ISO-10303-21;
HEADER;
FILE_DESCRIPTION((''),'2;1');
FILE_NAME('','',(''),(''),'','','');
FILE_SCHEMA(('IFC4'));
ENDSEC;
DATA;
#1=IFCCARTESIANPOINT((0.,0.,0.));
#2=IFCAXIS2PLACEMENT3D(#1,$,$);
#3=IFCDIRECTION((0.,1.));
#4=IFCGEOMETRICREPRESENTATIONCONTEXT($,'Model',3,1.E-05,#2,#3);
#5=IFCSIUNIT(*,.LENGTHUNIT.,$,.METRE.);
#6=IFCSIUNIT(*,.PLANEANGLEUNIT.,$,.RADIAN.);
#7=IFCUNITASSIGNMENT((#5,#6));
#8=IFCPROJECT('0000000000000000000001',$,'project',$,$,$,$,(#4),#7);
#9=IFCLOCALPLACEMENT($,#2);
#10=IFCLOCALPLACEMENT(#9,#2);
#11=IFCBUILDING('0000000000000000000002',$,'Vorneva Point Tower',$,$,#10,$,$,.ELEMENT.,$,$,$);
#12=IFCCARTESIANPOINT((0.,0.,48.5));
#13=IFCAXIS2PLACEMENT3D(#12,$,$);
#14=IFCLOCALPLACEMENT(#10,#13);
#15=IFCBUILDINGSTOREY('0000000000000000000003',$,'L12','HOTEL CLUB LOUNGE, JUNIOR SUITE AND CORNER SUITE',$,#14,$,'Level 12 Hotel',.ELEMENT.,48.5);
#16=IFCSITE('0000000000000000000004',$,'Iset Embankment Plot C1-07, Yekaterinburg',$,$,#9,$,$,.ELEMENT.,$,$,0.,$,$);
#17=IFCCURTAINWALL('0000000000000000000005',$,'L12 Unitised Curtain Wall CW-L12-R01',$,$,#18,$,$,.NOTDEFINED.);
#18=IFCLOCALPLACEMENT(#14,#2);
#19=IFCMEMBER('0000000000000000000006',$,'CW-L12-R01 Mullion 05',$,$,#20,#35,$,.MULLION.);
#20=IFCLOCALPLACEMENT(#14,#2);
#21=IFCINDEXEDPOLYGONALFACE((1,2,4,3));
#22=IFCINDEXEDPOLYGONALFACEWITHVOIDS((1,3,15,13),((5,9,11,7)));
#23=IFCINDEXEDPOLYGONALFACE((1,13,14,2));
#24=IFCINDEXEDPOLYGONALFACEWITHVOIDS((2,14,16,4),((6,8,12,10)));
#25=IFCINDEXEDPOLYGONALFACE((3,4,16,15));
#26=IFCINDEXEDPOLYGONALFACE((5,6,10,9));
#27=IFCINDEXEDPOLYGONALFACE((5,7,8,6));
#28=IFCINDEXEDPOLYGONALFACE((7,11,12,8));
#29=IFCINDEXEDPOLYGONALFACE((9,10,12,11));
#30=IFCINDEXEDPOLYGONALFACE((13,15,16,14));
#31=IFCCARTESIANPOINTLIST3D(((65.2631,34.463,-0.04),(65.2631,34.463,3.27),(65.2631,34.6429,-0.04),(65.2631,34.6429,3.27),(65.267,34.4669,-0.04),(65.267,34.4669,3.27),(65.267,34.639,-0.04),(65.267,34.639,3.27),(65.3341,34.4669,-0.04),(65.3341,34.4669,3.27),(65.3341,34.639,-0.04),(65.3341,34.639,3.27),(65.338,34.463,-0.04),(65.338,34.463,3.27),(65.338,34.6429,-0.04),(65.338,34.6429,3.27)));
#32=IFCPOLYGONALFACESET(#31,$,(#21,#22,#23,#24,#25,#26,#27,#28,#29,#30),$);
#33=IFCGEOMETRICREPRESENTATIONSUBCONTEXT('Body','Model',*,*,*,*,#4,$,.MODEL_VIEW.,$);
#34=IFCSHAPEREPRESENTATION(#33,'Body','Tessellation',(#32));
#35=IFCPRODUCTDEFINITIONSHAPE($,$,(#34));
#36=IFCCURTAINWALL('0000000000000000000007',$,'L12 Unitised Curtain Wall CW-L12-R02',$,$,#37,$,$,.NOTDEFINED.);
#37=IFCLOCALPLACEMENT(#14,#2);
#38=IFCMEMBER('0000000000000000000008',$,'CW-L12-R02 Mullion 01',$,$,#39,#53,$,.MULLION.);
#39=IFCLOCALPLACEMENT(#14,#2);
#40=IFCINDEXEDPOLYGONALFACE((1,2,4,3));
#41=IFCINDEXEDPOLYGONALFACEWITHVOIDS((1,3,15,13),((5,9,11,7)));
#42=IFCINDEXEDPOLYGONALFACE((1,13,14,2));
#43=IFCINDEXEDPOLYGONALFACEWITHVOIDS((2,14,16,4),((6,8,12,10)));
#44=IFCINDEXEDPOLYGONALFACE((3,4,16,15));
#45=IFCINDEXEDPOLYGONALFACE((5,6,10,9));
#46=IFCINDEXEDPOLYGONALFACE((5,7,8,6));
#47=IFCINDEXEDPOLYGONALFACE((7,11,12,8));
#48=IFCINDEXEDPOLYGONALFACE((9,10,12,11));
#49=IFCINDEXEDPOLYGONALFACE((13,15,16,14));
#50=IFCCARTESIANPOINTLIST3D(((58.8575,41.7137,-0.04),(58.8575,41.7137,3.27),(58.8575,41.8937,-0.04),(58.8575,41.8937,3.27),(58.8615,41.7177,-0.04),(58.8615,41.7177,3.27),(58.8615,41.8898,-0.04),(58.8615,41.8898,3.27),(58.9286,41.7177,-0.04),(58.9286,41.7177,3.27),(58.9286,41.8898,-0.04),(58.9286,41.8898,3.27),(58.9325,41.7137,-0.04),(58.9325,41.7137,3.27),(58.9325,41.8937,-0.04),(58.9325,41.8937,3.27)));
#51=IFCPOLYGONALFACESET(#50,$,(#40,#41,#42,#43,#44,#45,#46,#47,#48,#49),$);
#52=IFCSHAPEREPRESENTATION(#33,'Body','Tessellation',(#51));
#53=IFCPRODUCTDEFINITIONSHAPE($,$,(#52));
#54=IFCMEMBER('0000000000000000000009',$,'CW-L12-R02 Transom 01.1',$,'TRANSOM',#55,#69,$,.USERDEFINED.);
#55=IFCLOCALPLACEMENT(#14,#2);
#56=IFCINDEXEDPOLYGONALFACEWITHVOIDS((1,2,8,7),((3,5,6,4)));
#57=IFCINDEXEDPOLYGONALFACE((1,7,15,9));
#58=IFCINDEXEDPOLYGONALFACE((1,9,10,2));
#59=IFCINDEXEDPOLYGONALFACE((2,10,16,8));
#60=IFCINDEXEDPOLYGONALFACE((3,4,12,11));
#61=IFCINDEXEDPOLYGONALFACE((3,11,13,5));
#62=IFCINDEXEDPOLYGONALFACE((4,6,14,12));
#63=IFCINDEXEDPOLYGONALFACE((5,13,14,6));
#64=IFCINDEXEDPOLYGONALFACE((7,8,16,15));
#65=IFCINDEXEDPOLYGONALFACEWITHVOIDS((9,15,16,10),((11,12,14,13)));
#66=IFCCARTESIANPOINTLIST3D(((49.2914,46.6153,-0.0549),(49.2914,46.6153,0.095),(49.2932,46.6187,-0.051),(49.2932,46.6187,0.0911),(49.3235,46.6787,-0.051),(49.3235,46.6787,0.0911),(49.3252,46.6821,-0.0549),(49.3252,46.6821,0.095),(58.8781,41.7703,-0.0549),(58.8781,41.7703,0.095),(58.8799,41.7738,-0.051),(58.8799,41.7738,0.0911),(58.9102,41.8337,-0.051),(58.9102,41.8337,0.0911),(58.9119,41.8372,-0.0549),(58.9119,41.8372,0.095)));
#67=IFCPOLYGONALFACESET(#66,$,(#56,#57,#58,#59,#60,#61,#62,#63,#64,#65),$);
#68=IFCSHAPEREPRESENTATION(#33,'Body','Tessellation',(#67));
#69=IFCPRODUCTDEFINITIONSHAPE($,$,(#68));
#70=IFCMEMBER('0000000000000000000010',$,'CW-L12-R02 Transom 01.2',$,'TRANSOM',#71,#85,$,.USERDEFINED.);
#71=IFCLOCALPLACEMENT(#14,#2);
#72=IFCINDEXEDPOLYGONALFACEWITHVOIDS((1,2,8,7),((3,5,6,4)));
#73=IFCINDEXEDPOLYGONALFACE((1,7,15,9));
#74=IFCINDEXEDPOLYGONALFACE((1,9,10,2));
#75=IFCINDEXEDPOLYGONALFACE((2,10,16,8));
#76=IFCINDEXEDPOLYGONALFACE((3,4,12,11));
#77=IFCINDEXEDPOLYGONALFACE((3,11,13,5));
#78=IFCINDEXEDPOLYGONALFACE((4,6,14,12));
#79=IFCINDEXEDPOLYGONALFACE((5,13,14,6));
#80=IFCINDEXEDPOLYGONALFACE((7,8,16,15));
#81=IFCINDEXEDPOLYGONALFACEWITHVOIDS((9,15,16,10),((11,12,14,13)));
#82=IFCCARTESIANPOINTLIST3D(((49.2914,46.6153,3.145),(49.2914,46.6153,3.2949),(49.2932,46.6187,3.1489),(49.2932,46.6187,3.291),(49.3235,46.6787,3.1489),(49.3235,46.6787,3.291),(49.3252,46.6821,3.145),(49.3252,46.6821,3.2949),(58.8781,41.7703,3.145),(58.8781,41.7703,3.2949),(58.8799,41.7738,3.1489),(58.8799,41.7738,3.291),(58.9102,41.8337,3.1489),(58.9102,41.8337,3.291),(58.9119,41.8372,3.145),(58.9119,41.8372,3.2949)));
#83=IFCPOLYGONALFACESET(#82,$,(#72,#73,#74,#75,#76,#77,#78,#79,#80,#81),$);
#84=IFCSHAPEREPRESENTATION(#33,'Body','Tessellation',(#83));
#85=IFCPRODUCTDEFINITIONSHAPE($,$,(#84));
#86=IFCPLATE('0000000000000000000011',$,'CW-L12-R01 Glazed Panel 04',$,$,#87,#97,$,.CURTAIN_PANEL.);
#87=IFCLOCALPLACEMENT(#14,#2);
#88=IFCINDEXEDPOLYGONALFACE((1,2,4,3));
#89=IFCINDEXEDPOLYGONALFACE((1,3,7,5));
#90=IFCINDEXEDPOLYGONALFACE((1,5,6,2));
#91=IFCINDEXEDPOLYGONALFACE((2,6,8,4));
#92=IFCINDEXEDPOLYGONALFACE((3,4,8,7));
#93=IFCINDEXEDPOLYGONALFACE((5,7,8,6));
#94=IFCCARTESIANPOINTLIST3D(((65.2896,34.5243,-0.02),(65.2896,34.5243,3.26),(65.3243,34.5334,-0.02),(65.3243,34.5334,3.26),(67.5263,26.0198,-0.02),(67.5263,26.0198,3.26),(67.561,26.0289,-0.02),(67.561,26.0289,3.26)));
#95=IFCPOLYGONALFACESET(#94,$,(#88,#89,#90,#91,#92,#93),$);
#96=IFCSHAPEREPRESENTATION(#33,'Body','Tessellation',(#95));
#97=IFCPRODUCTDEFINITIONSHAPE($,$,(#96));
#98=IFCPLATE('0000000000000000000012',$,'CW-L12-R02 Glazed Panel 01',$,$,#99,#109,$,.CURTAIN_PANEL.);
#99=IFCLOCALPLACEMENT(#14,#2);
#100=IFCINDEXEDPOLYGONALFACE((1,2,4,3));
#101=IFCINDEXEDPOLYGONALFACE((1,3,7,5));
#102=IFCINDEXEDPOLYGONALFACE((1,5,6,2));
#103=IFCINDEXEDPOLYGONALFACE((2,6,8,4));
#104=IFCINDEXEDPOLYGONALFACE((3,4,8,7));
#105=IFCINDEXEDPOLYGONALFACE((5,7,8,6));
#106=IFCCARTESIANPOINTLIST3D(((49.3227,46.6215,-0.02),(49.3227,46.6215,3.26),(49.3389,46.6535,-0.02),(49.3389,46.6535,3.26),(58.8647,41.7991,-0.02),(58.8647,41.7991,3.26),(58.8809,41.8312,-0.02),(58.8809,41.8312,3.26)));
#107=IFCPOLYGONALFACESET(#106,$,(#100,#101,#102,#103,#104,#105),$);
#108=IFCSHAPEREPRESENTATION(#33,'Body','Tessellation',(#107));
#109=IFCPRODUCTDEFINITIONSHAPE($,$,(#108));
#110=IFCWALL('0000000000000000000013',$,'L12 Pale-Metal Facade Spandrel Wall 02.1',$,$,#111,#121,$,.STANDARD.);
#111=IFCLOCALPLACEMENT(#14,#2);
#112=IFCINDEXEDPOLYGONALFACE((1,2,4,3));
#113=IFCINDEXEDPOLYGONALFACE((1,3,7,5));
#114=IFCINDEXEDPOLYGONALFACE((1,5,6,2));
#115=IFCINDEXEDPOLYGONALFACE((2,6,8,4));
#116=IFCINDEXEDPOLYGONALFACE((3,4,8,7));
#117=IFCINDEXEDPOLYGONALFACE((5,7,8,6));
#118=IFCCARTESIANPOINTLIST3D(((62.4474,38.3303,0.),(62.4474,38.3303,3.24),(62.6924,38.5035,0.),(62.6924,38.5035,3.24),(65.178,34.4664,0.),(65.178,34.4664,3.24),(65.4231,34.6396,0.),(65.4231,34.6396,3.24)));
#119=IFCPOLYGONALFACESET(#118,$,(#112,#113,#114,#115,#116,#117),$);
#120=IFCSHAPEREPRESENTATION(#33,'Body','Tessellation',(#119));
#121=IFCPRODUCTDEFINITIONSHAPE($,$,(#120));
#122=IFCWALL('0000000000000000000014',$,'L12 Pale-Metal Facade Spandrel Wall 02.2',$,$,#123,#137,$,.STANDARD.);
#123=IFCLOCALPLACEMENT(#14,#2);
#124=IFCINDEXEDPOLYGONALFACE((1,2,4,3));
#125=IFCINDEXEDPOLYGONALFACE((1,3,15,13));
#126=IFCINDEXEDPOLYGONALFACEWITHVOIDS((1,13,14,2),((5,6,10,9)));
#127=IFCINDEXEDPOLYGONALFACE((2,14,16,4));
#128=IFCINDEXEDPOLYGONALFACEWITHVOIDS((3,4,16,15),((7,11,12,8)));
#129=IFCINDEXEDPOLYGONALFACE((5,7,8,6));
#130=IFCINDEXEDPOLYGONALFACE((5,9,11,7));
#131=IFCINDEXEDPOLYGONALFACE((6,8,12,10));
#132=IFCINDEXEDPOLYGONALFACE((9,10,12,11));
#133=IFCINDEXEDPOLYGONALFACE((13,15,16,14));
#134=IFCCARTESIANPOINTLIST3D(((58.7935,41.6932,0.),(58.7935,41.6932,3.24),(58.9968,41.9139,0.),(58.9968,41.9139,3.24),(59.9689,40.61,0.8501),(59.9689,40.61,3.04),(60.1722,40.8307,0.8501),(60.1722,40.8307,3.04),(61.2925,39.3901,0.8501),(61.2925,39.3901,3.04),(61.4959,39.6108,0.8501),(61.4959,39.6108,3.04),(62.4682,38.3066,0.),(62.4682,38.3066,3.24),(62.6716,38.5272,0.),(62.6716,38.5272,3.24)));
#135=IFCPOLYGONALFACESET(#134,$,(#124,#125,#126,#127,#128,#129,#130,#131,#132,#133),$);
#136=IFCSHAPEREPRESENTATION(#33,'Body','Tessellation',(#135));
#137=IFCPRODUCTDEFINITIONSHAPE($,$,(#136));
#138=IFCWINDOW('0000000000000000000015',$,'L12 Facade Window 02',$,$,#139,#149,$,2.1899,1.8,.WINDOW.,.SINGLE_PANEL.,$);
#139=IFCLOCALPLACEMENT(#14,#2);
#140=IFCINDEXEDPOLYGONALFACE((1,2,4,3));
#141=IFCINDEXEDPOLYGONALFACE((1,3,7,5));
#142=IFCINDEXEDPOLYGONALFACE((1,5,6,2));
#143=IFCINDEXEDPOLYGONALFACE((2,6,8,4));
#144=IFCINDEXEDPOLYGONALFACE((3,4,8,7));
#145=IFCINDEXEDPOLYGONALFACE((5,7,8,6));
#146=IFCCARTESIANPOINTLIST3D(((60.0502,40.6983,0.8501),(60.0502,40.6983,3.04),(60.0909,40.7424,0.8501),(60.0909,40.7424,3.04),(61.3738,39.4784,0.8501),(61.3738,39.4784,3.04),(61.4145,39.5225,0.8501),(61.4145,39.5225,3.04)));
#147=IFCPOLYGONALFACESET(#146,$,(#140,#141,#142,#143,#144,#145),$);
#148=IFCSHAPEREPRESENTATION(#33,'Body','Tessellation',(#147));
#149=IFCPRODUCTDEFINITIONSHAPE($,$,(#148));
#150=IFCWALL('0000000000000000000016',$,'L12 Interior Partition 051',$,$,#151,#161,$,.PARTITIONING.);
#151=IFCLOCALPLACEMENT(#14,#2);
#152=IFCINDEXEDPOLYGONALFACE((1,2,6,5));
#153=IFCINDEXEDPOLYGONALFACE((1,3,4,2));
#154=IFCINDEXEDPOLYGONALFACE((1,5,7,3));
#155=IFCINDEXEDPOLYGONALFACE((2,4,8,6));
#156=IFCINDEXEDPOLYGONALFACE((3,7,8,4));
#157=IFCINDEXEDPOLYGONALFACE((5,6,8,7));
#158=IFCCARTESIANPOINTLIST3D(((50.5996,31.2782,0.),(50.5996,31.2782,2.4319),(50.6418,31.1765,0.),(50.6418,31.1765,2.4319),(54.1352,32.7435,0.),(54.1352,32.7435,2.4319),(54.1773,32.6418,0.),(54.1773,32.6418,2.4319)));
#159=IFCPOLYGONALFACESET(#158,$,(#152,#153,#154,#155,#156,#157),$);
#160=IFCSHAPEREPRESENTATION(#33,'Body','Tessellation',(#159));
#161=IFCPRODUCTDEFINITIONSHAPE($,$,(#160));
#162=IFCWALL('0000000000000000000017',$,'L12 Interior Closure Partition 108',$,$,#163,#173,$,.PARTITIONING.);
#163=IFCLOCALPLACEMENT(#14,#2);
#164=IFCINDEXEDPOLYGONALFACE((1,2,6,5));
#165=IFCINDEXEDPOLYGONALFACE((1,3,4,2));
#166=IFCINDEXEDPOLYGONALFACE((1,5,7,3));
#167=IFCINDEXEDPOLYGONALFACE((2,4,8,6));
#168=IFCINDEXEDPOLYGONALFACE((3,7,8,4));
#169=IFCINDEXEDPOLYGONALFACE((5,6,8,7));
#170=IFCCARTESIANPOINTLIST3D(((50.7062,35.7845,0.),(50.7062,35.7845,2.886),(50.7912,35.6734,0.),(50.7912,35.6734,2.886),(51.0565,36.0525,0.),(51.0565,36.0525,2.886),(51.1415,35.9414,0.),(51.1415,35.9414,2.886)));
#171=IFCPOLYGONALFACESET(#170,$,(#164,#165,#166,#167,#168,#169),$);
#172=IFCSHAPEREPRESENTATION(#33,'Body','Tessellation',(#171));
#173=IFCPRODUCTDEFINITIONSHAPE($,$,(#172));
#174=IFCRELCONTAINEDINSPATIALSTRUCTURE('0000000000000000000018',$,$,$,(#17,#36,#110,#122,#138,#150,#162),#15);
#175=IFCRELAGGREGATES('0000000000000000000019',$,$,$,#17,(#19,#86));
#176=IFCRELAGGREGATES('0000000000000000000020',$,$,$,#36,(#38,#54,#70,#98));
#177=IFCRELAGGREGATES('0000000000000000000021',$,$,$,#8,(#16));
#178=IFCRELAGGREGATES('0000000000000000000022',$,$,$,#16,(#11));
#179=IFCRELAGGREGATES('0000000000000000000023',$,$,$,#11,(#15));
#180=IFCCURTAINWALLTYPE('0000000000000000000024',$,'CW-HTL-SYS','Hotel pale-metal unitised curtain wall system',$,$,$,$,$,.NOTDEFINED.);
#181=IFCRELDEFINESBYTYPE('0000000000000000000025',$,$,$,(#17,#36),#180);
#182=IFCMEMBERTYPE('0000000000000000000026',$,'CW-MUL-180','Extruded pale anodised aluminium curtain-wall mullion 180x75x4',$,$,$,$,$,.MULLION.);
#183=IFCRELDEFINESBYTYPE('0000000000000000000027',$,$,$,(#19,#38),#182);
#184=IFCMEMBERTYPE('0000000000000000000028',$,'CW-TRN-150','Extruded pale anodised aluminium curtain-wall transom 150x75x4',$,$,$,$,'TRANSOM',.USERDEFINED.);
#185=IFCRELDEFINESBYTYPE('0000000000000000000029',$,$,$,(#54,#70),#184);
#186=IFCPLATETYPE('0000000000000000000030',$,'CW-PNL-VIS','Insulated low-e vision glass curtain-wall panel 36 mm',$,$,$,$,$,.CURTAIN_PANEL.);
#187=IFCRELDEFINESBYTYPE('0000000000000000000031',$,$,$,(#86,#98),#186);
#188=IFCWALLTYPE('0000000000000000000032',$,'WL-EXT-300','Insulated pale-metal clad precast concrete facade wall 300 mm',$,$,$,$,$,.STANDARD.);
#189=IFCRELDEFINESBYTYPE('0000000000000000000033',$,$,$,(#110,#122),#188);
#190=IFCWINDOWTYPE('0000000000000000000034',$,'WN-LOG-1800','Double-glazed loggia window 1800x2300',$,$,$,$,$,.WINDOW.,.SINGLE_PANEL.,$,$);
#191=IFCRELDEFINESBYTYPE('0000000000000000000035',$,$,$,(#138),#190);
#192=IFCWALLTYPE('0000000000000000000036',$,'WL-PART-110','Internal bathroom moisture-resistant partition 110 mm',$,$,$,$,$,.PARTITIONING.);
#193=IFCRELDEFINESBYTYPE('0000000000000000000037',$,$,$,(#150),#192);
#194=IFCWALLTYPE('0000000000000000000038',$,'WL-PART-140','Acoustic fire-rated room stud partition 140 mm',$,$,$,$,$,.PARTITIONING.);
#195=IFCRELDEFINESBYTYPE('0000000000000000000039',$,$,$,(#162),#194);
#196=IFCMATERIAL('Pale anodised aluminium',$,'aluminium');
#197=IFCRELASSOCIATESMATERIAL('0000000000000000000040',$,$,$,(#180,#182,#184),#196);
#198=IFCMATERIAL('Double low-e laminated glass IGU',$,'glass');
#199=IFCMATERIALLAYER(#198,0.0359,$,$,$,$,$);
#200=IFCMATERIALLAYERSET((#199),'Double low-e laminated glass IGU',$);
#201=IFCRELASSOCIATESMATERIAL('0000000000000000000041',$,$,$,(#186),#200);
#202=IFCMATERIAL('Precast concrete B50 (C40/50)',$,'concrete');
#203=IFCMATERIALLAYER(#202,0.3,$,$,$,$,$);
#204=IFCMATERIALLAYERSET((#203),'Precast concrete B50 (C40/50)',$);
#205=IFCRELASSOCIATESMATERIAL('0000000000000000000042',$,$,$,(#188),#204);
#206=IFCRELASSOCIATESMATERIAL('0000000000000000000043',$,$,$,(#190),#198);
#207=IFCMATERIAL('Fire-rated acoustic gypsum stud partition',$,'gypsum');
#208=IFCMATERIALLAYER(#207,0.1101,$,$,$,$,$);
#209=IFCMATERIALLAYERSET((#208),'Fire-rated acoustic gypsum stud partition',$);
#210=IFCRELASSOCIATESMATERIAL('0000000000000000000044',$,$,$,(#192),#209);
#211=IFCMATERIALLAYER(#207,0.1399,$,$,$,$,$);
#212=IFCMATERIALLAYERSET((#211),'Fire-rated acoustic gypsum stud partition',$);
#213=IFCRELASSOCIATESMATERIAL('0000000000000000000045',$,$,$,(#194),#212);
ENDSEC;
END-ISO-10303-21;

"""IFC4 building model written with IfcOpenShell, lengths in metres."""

from ifc_helpers import new_model, si_unit, direction, frame, frame_2d, origin, origin_2d, place, context, subcontext, project, spatial, rectangle, hollow_rectangle, extrude, material, layer, layer_set, material_profile, profile_set, type_object, element, fill, aggregate, save


model = new_model("IFC4")

# Units and contexts
model_context = context("Model", 3, precision=1e-05, world=origin(), true_north=direction((0.0, 1.0)))
body_context = subcontext(model_context, "Body", "Model", "MODEL_VIEW")
ifc_project = project(units=[si_unit("LENGTHUNIT", "METRE"), si_unit("PLANEANGLEUNIT", "RADIAN")], contexts=[model_context])

# Site, building, storey
site_placement = place(None, origin())
site = spatial("IfcSite", under=ifc_project, at=site_placement, Name="Iset Embankment Plot C1-07, Yekaterinburg", CompositionType="ELEMENT", RefElevation=0.0)
building_placement = place(site_placement, origin())
building = spatial("IfcBuilding", under=site, at=building_placement, Name="Vorneva Point Tower", CompositionType="ELEMENT")
storey_placement = place(building_placement, frame((0.0, 0.0, 48.5)))
storey = spatial("IfcBuildingStorey", under=building, at=storey_placement, Name="L12", Description="HOTEL CLUB LOUNGE, JUNIOR SUITE AND CORNER SUITE", LongName="Level 12 Hotel", CompositionType="ELEMENT", Elevation=48.5)

# Curtain wall, member
ifc_material_1 = material(Name="Pale anodised aluminium", Category="aluminium")
curtain_wall_type = type_object("IfcCurtainWallType", Name="CW-HTL-SYS", Description="Hotel pale-metal unitised curtain wall system", PredefinedType="NOTDEFINED", material=ifc_material_1)
curtain_wall_1_placement = place(storey_placement, origin())
curtain_wall_1 = element("IfcCurtainWall", 1, at=curtain_wall_1_placement, inside=storey, type_object=curtain_wall_type, Name="L12 Unitised Curtain Wall CW-L12-R01", PredefinedType="NOTDEFINED")
ifc_material_profile_1 = material_profile(ifc_material_1, hollow_rectangle(XDim=0.075, YDim=0.1799, WallThickness=0.0039, at=origin_2d()), Name="AL-MUL 180x75x4")
ifc_profile_set_1 = profile_set([ifc_material_profile_1], Name="Pale anodised aluminium")
member_type_1 = type_object("IfcMemberType", Name="CW-MUL-180", Description="Extruded pale anodised aluminium curtain-wall mullion 180x75x4", PredefinedType="MULLION", material=ifc_profile_set_1)
member_1_placement = place(storey_placement, frame((65.3005, 34.553, -0.04), z_axis=(0.0, 0.0, 1.0), x_axis=(1.0, 0.0, 0.0)))
member_1 = element("IfcMember", 2, at=member_1_placement, type_object=member_type_1, Name="CW-L12-R01 Mullion 05", PredefinedType="MULLION", context=body_context, shape_type="SweptSolid", body=[
    extrude(hollow_rectangle(XDim=0.075, YDim=0.1799, WallThickness=0.0039, at=origin_2d()), origin(), (0.0, 0.0, 1.0), 3.3101),
])

# Curtain wall, members
curtain_wall_2_placement = place(storey_placement, origin())
curtain_wall_2 = element("IfcCurtainWall", 3, at=curtain_wall_2_placement, inside=storey, type_object=curtain_wall_type, Name="L12 Unitised Curtain Wall CW-L12-R02", PredefinedType="NOTDEFINED")
member_2_placement = place(storey_placement, frame((58.895, 41.8037, -0.04), z_axis=(0.0, 0.0, 1.0), x_axis=(1.0, 0.0, 0.0)))
member_2 = element("IfcMember", 4, at=member_2_placement, type_object=member_type_1, Name="CW-L12-R02 Mullion 01", PredefinedType="MULLION", context=body_context, shape_type="SweptSolid", body=[
    extrude(hollow_rectangle(XDim=0.075, YDim=0.1799, WallThickness=0.0039, at=origin_2d()), origin(), (0.0, 0.0, 1.0), 3.3101),
])
ifc_material_profile_2 = material_profile(ifc_material_1, hollow_rectangle(XDim=0.075, YDim=0.1499, WallThickness=0.0039, at=origin_2d()), Name="AL-TRN 150x75x4")
ifc_profile_set_2 = profile_set([ifc_material_profile_2], Name="Pale anodised aluminium")
member_type_2 = type_object("IfcMemberType", Name="CW-TRN-150", Description="Extruded pale anodised aluminium curtain-wall transom 150x75x4", ElementType="TRANSOM", PredefinedType="USERDEFINED", material=ifc_profile_set_2)
member_3_placement = place(storey_placement, frame((58.895, 41.8037, 0.02), z_axis=(-0.892496, 0.451055, 0.0), x_axis=(-0.451055, -0.892496, 0.0)))
member_3 = element("IfcMember", 5, at=member_3_placement, type_object=member_type_2, Name="CW-L12-R02 Transom 01.1", ObjectType="TRANSOM", PredefinedType="USERDEFINED", context=body_context, shape_type="SweptSolid", body=[
    extrude(hollow_rectangle(XDim=0.075, YDim=0.1499, WallThickness=0.0039, at=origin_2d()), origin(), (0.0, 0.0, 1.0), 10.7415),
])
member_4_placement = place(storey_placement, frame((58.895, 41.8037, 3.22), z_axis=(-0.892496, 0.451055, 0.0), x_axis=(-0.451055, -0.892496, 0.0)))
member_4 = element("IfcMember", 6, at=member_4_placement, type_object=member_type_2, Name="CW-L12-R02 Transom 01.2", ObjectType="TRANSOM", PredefinedType="USERDEFINED", context=body_context, shape_type="SweptSolid", body=[
    extrude(hollow_rectangle(XDim=0.075, YDim=0.1499, WallThickness=0.0039, at=origin_2d()), origin(), (0.0, 0.0, 1.0), 10.7415),
])

# Plates
ifc_material_2 = material(Name="Double low-e laminated glass IGU", Category="glass")
ifc_layer_1 = layer(ifc_material_2, 0.0359)
ifc_layer_set_1 = layer_set([ifc_layer_1], Name="Double low-e laminated glass IGU")
plate_type = type_object("IfcPlateType", Name="CW-PNL-VIS", Description="Insulated low-e vision glass curtain-wall panel 36 mm", PredefinedType="CURTAIN_PANEL", material=ifc_layer_set_1)
plate_1_placement = place(storey_placement, frame((66.4253, 30.2766, -0.02), z_axis=(0.0, 0.0, 1.0), x_axis=(-0.254349, 0.967113, 0.0)))
plate_1 = element("IfcPlate", 7, at=plate_1_placement, type_object=plate_type, Name="CW-L12-R01 Glazed Panel 04", PredefinedType="CURTAIN_PANEL", context=body_context, shape_type="SweptSolid", body=[
    extrude(rectangle(XDim=8.7937, YDim=0.0359, at=origin_2d()), origin(), (0.0, 0.0, 1.0), 3.28),
])
aggregate(curtain_wall_1, [member_1, plate_1])
plate_2_placement = place(storey_placement, frame((54.1018, 44.2263, -0.02), z_axis=(0.0, 0.0, 1.0), x_axis=(-0.892499, 0.451049, 0.0)))
plate_2 = element("IfcPlate", 8, at=plate_2_placement, type_object=plate_type, Name="CW-L12-R02 Glazed Panel 01", PredefinedType="CURTAIN_PANEL", context=body_context, shape_type="SweptSolid", body=[
    extrude(rectangle(XDim=10.6914, YDim=0.0359, at=origin_2d()), origin(), (0.0, 0.0, 1.0), 3.28),
])
aggregate(curtain_wall_2, [member_2, member_3, member_4, plate_2])

# Wall
ifc_material_3 = material(Name="Precast concrete B50 (C40/50)", Category="concrete")
ifc_layer_2 = layer(ifc_material_3, 0.3)
ifc_layer_set_2 = layer_set([ifc_layer_2], Name="Precast concrete B50 (C40/50)")
wall_type_1 = type_object("IfcWallType", Name="WL-EXT-300", Description="Insulated pale-metal clad precast concrete facade wall 300 mm", PredefinedType="STANDARD", material=ifc_layer_set_2)
wall_1_placement = place(storey_placement, frame((65.3005, 34.553, 0.0), z_axis=(0.0, 0.0, 1.0), x_axis=(-0.577131, 0.816652, 0.0)))
element("IfcWall", 9, at=wall_1_placement, inside=storey, type_object=wall_type_1, Name="L12 Pale-Metal Facade Spandrel Wall 02.1", PredefinedType="STANDARD", context=body_context, shape_type="SweptSolid", body=[
    extrude(rectangle(XDim=4.7314, YDim=0.3, at=frame_2d((2.3657, 0.0))), origin(), (0.0, 0.0, 1.0), 3.24),
])

# Wall, opening, window
wall_2_placement = place(storey_placement, frame((62.5698, 38.417, 0.0), z_axis=(0.0, 0.0, 1.0), x_axis=(-0.735343, 0.677696, 0.0)))
wall_2 = element("IfcWall", 10, at=wall_2_placement, inside=storey, type_object=wall_type_1, Name="L12 Pale-Metal Facade Spandrel Wall 02.2", PredefinedType="STANDARD", context=body_context, shape_type="SweptSolid", body=[
    extrude(rectangle(XDim=4.9973, YDim=0.3, at=frame_2d((2.4985, 0.0))), origin(), (0.0, 0.0, 1.0), 3.24),
])
opening_placement = place(wall_2_placement, frame((1.5989, 0.0, 0.8501)))
opening = element("IfcOpeningElement", 11, at=opening_placement, cuts=wall_2, PredefinedType="OPENING", context=body_context, shape_type="SweptSolid", body=[
    extrude(rectangle(XDim=1.8, YDim=2.1899, at=frame_2d((0.8999, 1.095))), frame((0.0, 0.165, 0.0), z_axis=(0.0, -1.0, 0.0), x_axis=(1.0, 0.0, 0.0)), (0.0, 0.0, 1.0), 0.3298),
])
window_type = type_object("IfcWindowType", Name="WN-LOG-1800", Description="Double-glazed loggia window 1800x2300", PartitioningType="SINGLE_PANEL", PredefinedType="WINDOW", material=ifc_material_2)
window_placement = place(opening_placement, origin())
window = element("IfcWindow", 12, at=window_placement, inside=storey, type_object=window_type, Name="L12 Facade Window 02", OverallHeight=2.1899, OverallWidth=1.8, PartitioningType="SINGLE_PANEL", PredefinedType="WINDOW", context=body_context, shape_type="SweptSolid", body=[
    extrude(rectangle(XDim=1.8, YDim=2.1899, at=frame_2d((0.8999, 1.095))), frame((0.0, 0.03, 0.0), z_axis=(0.0, -1.0, 0.0), x_axis=(1.0, 0.0, 0.0)), (0.0, 0.0, 1.0), 0.0601),
])
fill(opening, window)

# Walls
ifc_material_4 = material(Name="Fire-rated acoustic gypsum stud partition", Category="gypsum")
ifc_layer_3 = layer(ifc_material_4, 0.1101)
ifc_layer_set_3 = layer_set([ifc_layer_3], Name="Fire-rated acoustic gypsum stud partition")
wall_type_2 = type_object("IfcWallType", Name="WL-PART-110", Description="Internal bathroom moisture-resistant partition 110 mm", PredefinedType="PARTITIONING", material=ifc_layer_set_3)
wall_3_placement = place(storey_placement, frame((54.1562, 32.6926, 0.0), z_axis=(0.0, 0.0, 1.0), x_axis=(-0.923804, -0.382866, 0.0)))
element("IfcWall", 13, at=wall_3_placement, inside=storey, type_object=wall_type_2, Name="L12 Interior Partition 051", PredefinedType="PARTITIONING", context=body_context, shape_type="SweptSolid", body=[
    extrude(rectangle(XDim=3.8271, YDim=0.1101, at=frame_2d((1.9136, 0.0))), origin(), (0.0, 0.0, 1.0), 2.4319),
])
ifc_layer_4 = layer(ifc_material_4, 0.1399)
ifc_layer_set_4 = layer_set([ifc_layer_4], Name="Fire-rated acoustic gypsum stud partition")
wall_type_3 = type_object("IfcWallType", Name="WL-PART-140", Description="Acoustic fire-rated room stud partition 140 mm", PredefinedType="PARTITIONING", material=ifc_layer_set_4)
wall_4_placement = place(storey_placement, frame((51.0991, 35.9971, 0.0), z_axis=(0.0, 0.0, 1.0), x_axis=(-0.794185, -0.607676, 0.0)))
element("IfcWall", 14, at=wall_4_placement, inside=storey, type_object=wall_type_3, Name="L12 Interior Closure Partition 108", PredefinedType="PARTITIONING", context=body_context, shape_type="SweptSolid", body=[
    extrude(rectangle(XDim=0.4412, YDim=0.1399, at=frame_2d((0.2207, 0.0))), origin(), (0.0, 0.0, 1.0), 2.886),
])

save(model, "model.ifc")
